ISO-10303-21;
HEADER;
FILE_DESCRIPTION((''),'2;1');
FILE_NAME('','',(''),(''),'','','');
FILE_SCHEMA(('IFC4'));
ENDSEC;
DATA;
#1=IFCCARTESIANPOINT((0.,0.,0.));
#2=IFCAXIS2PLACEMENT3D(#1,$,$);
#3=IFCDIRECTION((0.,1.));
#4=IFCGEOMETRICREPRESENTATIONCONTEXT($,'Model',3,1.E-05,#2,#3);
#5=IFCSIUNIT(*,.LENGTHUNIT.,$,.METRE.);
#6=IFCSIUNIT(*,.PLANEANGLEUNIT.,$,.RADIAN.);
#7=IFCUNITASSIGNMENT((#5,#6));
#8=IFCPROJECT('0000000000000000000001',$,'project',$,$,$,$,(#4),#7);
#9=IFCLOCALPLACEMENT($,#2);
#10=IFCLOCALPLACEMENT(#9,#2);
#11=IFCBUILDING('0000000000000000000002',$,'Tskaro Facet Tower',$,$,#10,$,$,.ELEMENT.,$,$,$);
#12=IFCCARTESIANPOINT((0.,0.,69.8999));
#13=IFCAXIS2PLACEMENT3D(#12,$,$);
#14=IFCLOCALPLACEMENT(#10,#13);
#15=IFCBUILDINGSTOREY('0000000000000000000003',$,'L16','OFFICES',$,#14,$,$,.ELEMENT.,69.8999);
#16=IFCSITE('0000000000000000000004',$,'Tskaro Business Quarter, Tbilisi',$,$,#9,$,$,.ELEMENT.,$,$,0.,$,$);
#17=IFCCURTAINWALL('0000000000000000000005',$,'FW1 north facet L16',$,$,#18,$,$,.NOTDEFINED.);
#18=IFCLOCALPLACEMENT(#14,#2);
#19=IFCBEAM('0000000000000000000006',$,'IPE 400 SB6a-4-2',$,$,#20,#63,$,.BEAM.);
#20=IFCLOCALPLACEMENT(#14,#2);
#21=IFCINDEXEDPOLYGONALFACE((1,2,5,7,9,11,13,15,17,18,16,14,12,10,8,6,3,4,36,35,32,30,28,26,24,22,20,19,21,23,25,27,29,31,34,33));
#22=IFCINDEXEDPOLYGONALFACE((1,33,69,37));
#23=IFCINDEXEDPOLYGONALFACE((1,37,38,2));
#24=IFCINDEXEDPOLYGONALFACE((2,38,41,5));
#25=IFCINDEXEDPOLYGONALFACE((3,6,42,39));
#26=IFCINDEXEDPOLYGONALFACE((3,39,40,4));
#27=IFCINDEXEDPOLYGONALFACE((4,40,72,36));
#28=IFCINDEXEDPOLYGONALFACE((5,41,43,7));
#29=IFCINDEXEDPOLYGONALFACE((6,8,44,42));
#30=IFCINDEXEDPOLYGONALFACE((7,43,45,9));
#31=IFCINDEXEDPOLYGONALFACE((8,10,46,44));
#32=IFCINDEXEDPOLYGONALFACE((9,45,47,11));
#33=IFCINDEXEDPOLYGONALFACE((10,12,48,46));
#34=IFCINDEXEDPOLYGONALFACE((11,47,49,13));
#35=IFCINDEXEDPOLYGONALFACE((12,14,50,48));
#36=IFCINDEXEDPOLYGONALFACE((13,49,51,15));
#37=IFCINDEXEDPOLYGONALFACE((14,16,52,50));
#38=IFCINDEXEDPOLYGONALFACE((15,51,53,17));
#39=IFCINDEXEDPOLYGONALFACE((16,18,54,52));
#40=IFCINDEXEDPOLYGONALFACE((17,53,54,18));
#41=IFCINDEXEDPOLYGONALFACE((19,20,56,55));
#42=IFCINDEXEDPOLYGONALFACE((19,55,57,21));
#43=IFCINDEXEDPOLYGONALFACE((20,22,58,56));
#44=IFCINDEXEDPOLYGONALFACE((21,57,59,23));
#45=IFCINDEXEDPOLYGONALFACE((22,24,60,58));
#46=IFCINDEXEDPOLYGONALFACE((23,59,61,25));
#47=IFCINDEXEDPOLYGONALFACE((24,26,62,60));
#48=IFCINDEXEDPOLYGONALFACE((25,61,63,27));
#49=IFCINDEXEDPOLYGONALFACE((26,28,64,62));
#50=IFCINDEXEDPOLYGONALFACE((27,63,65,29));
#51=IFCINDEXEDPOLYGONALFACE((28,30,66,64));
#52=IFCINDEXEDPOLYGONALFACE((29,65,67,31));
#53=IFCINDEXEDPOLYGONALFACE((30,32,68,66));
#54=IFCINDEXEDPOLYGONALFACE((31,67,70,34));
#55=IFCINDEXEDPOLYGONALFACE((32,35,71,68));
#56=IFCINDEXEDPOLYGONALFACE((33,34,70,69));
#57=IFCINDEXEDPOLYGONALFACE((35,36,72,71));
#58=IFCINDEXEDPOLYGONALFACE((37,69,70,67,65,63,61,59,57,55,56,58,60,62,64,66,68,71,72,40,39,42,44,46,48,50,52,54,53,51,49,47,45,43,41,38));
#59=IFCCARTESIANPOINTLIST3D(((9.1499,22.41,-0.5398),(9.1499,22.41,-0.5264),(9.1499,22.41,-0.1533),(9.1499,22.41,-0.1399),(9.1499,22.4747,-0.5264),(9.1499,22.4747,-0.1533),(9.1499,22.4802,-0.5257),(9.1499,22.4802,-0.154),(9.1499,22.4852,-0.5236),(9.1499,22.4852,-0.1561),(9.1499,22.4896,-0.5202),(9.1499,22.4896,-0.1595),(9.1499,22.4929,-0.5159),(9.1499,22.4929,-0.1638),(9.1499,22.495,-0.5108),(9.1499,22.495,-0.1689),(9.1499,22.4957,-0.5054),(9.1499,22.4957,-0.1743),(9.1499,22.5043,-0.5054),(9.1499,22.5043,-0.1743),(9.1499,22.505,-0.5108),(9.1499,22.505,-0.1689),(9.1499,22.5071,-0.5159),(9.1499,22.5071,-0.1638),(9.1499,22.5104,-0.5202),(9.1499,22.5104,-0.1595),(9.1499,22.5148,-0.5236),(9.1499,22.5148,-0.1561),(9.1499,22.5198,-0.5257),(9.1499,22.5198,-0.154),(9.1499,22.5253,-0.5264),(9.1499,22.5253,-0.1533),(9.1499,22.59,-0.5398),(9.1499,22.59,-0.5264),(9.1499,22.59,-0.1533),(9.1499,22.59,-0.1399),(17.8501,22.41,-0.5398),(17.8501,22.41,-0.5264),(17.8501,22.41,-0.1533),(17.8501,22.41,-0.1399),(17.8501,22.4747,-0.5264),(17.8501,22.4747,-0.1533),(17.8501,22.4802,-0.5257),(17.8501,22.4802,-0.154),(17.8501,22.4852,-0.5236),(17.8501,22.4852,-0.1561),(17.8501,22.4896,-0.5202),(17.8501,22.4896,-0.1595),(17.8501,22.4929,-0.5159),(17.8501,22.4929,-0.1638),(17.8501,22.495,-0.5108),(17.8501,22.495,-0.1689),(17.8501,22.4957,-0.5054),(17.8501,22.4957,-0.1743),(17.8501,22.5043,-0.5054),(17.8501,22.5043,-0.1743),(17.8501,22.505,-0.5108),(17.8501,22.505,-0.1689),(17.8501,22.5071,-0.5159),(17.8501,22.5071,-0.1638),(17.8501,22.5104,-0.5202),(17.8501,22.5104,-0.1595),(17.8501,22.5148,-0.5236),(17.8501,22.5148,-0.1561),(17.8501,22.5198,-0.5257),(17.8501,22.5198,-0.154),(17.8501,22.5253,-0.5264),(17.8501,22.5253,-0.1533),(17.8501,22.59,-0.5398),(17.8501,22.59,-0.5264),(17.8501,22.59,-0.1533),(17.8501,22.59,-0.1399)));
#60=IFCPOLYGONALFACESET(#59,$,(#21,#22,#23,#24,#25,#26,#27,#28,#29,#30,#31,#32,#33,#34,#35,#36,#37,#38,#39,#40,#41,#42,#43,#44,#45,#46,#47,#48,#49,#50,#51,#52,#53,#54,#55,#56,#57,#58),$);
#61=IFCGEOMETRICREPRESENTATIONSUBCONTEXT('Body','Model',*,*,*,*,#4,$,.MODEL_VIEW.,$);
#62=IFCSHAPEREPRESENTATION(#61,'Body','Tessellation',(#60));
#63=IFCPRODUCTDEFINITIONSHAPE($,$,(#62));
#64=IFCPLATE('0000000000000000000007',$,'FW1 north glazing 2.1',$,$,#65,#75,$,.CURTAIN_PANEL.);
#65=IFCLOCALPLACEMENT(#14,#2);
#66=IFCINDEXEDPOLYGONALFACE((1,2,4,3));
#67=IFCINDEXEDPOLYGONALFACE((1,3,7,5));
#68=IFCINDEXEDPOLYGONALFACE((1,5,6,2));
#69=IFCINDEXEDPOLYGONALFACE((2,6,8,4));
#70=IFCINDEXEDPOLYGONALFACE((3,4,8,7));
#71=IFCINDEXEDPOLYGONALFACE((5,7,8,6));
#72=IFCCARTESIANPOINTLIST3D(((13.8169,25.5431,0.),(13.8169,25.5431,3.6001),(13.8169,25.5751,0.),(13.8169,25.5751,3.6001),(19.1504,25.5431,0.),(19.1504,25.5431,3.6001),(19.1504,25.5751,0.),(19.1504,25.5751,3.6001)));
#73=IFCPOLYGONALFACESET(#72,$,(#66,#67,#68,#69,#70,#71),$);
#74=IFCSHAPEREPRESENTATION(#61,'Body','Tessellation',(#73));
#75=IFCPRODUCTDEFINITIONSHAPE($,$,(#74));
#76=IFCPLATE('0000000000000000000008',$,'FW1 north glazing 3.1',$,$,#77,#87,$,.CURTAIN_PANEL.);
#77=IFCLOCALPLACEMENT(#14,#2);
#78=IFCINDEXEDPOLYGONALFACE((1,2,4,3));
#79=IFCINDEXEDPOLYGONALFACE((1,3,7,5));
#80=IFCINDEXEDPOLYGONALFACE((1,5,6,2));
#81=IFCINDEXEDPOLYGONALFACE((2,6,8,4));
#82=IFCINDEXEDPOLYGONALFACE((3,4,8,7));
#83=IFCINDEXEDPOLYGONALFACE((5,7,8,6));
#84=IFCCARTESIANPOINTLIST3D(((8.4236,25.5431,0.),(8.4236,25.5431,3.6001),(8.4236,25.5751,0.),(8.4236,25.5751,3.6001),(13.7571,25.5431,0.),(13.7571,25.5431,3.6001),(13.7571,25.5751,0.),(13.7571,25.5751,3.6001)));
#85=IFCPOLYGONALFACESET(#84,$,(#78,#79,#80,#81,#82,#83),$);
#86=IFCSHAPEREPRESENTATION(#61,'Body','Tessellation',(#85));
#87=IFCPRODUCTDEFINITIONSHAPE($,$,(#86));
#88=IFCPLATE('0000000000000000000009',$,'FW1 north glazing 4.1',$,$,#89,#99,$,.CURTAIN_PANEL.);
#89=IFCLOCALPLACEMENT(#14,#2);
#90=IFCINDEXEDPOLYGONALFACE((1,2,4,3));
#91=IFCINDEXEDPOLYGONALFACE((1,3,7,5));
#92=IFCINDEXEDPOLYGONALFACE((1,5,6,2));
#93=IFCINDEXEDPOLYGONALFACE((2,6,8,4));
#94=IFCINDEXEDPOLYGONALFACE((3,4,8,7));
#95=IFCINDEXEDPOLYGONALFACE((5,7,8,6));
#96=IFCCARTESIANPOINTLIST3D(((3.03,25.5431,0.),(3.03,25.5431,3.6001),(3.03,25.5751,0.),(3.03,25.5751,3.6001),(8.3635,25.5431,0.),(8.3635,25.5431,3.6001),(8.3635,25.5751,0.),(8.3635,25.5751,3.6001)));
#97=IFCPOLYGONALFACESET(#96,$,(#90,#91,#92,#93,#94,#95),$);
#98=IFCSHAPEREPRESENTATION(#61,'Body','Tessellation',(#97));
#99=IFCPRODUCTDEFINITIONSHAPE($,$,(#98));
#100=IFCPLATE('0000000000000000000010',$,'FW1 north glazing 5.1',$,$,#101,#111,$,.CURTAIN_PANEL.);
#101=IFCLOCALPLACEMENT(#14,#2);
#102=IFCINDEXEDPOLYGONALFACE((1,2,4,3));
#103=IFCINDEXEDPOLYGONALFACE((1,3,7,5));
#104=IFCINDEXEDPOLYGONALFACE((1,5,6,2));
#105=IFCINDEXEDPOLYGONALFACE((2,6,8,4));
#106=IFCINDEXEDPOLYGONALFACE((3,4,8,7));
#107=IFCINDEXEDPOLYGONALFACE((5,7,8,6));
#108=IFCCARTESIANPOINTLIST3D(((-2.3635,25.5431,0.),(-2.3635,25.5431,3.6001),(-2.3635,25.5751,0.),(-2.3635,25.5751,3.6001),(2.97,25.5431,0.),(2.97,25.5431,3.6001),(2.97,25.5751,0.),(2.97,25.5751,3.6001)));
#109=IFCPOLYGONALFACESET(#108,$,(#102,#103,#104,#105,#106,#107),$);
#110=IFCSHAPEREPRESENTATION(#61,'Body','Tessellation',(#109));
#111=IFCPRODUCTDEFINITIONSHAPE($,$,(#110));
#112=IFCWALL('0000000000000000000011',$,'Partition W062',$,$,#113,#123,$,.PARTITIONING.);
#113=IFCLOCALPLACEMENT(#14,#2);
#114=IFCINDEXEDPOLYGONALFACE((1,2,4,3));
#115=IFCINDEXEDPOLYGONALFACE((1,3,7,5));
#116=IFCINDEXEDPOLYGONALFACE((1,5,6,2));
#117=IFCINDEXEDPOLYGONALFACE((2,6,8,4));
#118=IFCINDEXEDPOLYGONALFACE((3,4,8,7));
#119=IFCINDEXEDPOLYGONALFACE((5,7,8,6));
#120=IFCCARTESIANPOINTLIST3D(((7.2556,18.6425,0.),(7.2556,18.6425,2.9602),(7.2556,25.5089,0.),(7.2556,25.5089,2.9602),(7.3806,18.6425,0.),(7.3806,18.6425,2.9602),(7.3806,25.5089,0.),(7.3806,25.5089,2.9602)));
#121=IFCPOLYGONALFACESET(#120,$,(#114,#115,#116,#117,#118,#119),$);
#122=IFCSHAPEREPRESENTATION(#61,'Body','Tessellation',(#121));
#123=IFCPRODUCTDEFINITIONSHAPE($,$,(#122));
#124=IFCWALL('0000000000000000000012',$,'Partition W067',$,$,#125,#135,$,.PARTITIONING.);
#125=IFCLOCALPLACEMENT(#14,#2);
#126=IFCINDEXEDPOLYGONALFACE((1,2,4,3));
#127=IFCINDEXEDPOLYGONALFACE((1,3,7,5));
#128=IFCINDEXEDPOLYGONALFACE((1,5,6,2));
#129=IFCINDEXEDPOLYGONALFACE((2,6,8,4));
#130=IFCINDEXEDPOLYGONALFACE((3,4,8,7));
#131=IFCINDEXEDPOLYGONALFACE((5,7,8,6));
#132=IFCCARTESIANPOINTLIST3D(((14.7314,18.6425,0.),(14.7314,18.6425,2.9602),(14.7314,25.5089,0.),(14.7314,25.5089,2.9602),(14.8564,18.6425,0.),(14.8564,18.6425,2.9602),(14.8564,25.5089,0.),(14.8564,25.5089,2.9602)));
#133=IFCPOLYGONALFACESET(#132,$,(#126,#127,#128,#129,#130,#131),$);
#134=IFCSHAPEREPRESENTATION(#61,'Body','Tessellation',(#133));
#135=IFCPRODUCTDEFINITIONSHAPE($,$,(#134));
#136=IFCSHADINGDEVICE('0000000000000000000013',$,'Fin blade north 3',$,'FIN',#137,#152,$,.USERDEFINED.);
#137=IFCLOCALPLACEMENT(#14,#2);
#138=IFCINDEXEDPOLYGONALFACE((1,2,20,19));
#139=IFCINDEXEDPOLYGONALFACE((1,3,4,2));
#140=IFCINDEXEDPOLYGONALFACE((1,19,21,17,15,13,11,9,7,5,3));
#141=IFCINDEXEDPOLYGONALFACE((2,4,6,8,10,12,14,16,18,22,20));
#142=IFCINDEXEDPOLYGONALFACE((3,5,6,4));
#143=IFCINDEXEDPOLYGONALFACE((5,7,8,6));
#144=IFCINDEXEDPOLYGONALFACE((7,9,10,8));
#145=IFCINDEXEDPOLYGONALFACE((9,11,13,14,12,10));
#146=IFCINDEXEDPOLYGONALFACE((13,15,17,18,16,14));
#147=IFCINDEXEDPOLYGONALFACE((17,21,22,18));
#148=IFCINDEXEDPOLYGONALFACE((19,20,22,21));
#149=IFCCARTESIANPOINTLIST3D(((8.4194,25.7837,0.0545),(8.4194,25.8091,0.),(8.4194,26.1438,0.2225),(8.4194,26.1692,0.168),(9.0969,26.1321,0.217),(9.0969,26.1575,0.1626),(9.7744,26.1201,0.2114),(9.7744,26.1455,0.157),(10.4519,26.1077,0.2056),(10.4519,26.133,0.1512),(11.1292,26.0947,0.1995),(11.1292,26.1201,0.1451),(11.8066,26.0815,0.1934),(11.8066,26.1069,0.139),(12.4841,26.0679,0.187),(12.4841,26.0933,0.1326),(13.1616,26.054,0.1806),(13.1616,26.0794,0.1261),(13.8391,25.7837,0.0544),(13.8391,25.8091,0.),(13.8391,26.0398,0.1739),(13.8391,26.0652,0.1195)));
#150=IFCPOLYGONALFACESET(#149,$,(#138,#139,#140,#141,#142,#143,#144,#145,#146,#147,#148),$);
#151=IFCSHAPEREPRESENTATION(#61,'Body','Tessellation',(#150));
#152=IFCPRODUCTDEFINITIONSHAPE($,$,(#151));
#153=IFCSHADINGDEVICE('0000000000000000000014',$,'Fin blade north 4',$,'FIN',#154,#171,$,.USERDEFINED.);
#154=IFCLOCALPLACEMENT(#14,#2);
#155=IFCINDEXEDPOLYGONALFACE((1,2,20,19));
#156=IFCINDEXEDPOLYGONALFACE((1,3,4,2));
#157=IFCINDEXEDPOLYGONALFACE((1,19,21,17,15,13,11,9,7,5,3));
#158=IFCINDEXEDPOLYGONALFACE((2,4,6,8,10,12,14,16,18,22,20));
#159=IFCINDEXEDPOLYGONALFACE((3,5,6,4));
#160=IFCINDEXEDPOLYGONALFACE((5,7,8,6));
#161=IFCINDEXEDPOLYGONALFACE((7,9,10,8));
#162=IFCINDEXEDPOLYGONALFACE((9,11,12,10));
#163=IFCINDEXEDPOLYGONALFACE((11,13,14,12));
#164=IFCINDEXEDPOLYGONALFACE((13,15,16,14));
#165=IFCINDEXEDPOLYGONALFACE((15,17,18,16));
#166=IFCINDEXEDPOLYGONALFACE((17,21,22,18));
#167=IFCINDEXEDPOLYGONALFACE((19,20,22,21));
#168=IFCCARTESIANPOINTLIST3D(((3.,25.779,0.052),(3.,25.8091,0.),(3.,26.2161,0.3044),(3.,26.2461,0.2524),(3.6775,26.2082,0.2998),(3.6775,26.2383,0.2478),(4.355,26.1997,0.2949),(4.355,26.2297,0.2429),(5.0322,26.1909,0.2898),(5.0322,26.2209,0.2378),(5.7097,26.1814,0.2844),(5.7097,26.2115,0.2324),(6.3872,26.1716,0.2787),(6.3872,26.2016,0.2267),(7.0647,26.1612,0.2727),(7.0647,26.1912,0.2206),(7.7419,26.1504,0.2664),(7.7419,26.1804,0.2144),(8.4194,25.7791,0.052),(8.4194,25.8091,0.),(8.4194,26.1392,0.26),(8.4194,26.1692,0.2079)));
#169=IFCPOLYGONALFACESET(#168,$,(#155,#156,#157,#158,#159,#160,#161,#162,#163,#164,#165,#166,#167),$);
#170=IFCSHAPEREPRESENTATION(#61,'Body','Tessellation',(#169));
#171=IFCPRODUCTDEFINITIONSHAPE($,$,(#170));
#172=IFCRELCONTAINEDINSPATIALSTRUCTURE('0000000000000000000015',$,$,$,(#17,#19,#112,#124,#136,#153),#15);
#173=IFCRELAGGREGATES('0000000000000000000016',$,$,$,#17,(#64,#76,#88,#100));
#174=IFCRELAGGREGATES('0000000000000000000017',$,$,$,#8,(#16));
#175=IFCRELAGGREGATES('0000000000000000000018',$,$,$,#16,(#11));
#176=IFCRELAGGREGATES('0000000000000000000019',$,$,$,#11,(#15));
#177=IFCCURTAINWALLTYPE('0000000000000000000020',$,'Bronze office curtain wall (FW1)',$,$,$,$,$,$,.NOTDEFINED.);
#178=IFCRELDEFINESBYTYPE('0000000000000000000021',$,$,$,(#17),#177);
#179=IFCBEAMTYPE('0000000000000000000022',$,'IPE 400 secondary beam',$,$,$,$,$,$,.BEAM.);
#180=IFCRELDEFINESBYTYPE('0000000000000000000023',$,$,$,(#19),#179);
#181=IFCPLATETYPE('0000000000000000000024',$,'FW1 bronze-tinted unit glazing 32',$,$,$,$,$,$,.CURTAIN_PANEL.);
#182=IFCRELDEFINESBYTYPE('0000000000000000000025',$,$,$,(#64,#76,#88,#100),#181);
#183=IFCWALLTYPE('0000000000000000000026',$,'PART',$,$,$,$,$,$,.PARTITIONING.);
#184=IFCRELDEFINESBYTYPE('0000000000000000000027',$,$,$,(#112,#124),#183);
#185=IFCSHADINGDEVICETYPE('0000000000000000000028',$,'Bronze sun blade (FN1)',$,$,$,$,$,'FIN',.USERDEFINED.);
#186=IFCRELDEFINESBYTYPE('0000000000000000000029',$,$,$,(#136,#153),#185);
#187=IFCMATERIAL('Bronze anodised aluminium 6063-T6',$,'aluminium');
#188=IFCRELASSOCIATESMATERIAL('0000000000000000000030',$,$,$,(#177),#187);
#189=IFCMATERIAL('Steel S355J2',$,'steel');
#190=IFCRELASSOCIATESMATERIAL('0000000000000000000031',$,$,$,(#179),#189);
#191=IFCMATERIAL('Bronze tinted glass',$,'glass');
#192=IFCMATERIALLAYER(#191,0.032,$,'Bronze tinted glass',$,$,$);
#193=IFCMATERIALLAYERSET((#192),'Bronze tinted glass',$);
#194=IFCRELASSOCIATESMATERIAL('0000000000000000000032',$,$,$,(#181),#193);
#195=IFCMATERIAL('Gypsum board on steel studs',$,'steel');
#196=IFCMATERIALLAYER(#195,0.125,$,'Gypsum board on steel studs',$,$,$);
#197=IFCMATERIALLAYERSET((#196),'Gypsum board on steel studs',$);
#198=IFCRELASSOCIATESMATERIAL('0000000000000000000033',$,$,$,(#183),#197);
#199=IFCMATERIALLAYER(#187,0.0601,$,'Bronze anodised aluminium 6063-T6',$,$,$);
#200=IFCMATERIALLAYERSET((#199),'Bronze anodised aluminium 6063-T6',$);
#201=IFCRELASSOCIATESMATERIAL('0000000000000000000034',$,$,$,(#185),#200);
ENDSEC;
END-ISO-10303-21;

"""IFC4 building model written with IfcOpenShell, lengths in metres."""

from ifc_helpers import new_model, si_unit, direction, frame, frame_2d, origin, origin_2d, place, context, subcontext, project, spatial, polyline, rectangle, i_section, outline, extrude, material, layer, layer_set, material_profile, profile_set, type_object, element, aggregate, save


model = new_model("IFC4")

# Units and contexts
model_context = context("Model", 3, precision=1e-05, world=origin(), true_north=direction((0.0, 1.0)))
body_context = subcontext(model_context, "Body", "Model", "MODEL_VIEW")
ifc_project = project(units=[si_unit("LENGTHUNIT", "METRE"), si_unit("PLANEANGLEUNIT", "RADIAN")], contexts=[model_context])

# Site, building, storey
site_placement = place(None, origin())
site = spatial("IfcSite", under=ifc_project, at=site_placement, Name="Tskaro Business Quarter, Tbilisi", CompositionType="ELEMENT", RefElevation=0.0)
building_placement = place(site_placement, origin())
building = spatial("IfcBuilding", under=site, at=building_placement, Name="Tskaro Facet Tower", CompositionType="ELEMENT")
storey_placement = place(building_placement, frame((0.0, 0.0, 69.8999)))
storey = spatial("IfcBuildingStorey", under=building, at=storey_placement, Name="L16", Description="OFFICES", CompositionType="ELEMENT", Elevation=69.8999)

# Curtain wall
ifc_material_1 = material(Name="Bronze anodised aluminium 6063-T6", Category="aluminium")
curtain_wall_type = type_object("IfcCurtainWallType", Name="Bronze office curtain wall (FW1)", PredefinedType="NOTDEFINED", material=ifc_material_1)
curtain_wall_placement = place(storey_placement, origin())
curtain_wall = element("IfcCurtainWall", 1, at=curtain_wall_placement, inside=storey, type_object=curtain_wall_type, Name="FW1 north facet L16", PredefinedType="NOTDEFINED")

# Beam
ifc_material_2 = material(Name="Steel S355J2", Category="steel")
ifc_material_profile_1 = material_profile(ifc_material_2, i_section(OverallWidth=0.1799, OverallDepth=0.3999, WebThickness=0.0085, FlangeThickness=0.0134, FilletRadius=0.021, at=origin_2d()), Name="IPE 400")
ifc_profile_set_1 = profile_set([ifc_material_profile_1], Name="Steel S355J2")
beam_type_1 = type_object("IfcBeamType", Name="IPE 400 secondary beam", PredefinedType="BEAM", material=ifc_profile_set_1)
for number, where, z_axis, x_axis, name in (
    (2, (9.1499, 22.5, -0.3398), (1.0, 0.0, 0.0), (0.0, 1.0, 0.0), "IPE 400 SB6a-4-2"),
):
    element("IfcBeam", number, at=place(storey_placement, frame(where, z_axis=z_axis, x_axis=x_axis)), inside=storey, type_object=beam_type_1, Name=name, PredefinedType="BEAM", context=body_context, shape_type="SweptSolid", body=[
        extrude(i_section(OverallWidth=0.1799, OverallDepth=0.3999, WebThickness=0.0085, FlangeThickness=0.0134, FilletRadius=0.021, at=origin_2d()), origin(), (0.0, 0.0, 1.0), 8.7002),
    ])

# Plates
ifc_material_3 = material(Name="Bronze tinted glass", Category="glass")
ifc_layer_1 = layer(ifc_material_3, 0.032, Name="Bronze tinted glass")
ifc_layer_set_1 = layer_set([ifc_layer_1], Name="Bronze tinted glass")
plate_type = type_object("IfcPlateType", Name="FW1 bronze-tinted unit glazing 32", PredefinedType="CURTAIN_PANEL", material=ifc_layer_set_1)
plate_1_placement = place(storey_placement, frame((16.4836, 25.5591, 0.0), z_axis=(0.0, 0.0, 1.0), x_axis=(-1.0, 0.0, 0.0)))
plate_1 = element("IfcPlate", 3, at=plate_1_placement, type_object=plate_type, Name="FW1 north glazing 2.1", PredefinedType="CURTAIN_PANEL", context=body_context, shape_type="SweptSolid", body=[
    extrude(rectangle(XDim=5.3335, YDim=0.032, at=origin_2d()), origin(), (0.0, 0.0, 1.0), 3.6001),
])
plate_2_placement = place(storey_placement, frame((11.0903, 25.5591, 0.0), z_axis=(0.0, 0.0, 1.0), x_axis=(-1.0, 0.0, 0.0)))
plate_2 = element("IfcPlate", 4, at=plate_2_placement, type_object=plate_type, Name="FW1 north glazing 3.1", PredefinedType="CURTAIN_PANEL", context=body_context, shape_type="SweptSolid", body=[
    extrude(rectangle(XDim=5.3335, YDim=0.032, at=origin_2d()), origin(), (0.0, 0.0, 1.0), 3.6001),
])
plate_3_placement = place(storey_placement, frame((5.6968, 25.5591, 0.0), z_axis=(0.0, 0.0, 1.0), x_axis=(-1.0, 0.0, 0.0)))
plate_3 = element("IfcPlate", 5, at=plate_3_placement, type_object=plate_type, Name="FW1 north glazing 4.1", PredefinedType="CURTAIN_PANEL", context=body_context, shape_type="SweptSolid", body=[
    extrude(rectangle(XDim=5.3335, YDim=0.032, at=origin_2d()), origin(), (0.0, 0.0, 1.0), 3.6001),
])
plate_4_placement = place(storey_placement, frame((0.3032, 25.5591, 0.0), z_axis=(0.0, 0.0, 1.0), x_axis=(-1.0, 0.0, 0.0)))
plate_4 = element("IfcPlate", 6, at=plate_4_placement, type_object=plate_type, Name="FW1 north glazing 5.1", PredefinedType="CURTAIN_PANEL", context=body_context, shape_type="SweptSolid", body=[
    extrude(rectangle(XDim=5.3335, YDim=0.032, at=origin_2d()), origin(), (0.0, 0.0, 1.0), 3.6001),
])
aggregate(curtain_wall, [plate_1, plate_2, plate_3, plate_4])

# Walls
ifc_material_4 = material(Name="Gypsum board on steel studs", Category="steel")
ifc_layer_2 = layer(ifc_material_4, 0.125, Name="Gypsum board on steel studs")
ifc_layer_set_2 = layer_set([ifc_layer_2], Name="Gypsum board on steel studs")
wall_type = type_object("IfcWallType", Name="PART", PredefinedType="PARTITIONING", material=ifc_layer_set_2)
for number, where, z_axis, x_axis, name in (
    (7, (7.3181, 18.6426, 0.0), (0.0, 0.0, 1.0), (0.0, 1.0, 0.0), "Partition W062"),
    (8, (14.7939, 18.6426, 0.0), (0.0, 0.0, 1.0), (0.0, 1.0, 0.0), "Partition W067"),
):
    element("IfcWall", number, at=place(storey_placement, frame(where, z_axis=z_axis, x_axis=x_axis)), inside=storey, type_object=wall_type, Name=name, PredefinedType="PARTITIONING", context=body_context, shape_type="SweptSolid", body=[
        extrude(rectangle(XDim=6.8665, YDim=0.125, at=frame_2d((3.4331, 0.0))), origin(), (0.0, 0.0, 1.0), 2.9602),
    ])

# Shading devices
ifc_layer_3 = layer(ifc_material_1, 0.0601, Name="Bronze anodised aluminium 6063-T6")
ifc_layer_set_3 = layer_set([ifc_layer_3], Name="Bronze anodised aluminium 6063-T6")
shading_device_type = type_object("IfcShadingDeviceType", Name="Bronze sun blade (FN1)", ElementType="FIN", PredefinedType="USERDEFINED", material=ifc_layer_set_3)
shading_device_1_placement = place(storey_placement, frame((13.8391, 25.7837, 0.0544), z_axis=(0.000003, -0.422785, 0.90623), x_axis=(-1.0, -0.000001, 0.000003)))
element("IfcShadingDevice", 9, at=shading_device_1_placement, inside=storey, type_object=shading_device_type, Name="Fin blade north 3", ObjectType="FIN", PredefinedType="USERDEFINED", context=body_context, shape_type="SweptSolid", body=[
    extrude(outline(polyline([(0.0, 0.0), (5.4197, 0.0), (5.4197, -0.3974), (4.7422, -0.3845), (4.0647, -0.3712), (3.3872, -0.3575), (2.71, -0.3432), (2.0325, -0.3287), (1.355, -0.3136), (0.6775, -0.2983), (0.0, -0.2826), (0.0, 0.0)])), origin(), (0.0, 0.0, -1.0), 0.0601),
])
shading_device_2_placement = place(storey_placement, frame((8.4194, 25.7791, 0.052), z_axis=(0.000003, -0.500058, 0.865992), x_axis=(-1.0, -0.000002, 0.000003)))
element("IfcShadingDevice", 10, at=shading_device_2_placement, inside=storey, type_object=shading_device_type, Name="Fin blade north 4", ObjectType="FIN", PredefinedType="USERDEFINED", context=body_context, shape_type="SweptSolid", body=[
    extrude(outline(polyline([(0.0, 0.0), (5.4194, 0.0), (5.4194, -0.5047), (4.7419, -0.4956), (4.0645, -0.4858), (3.3872, -0.4756), (2.7097, -0.4647), (2.0322, -0.4533), (1.3547, -0.4412), (0.6775, -0.4288), (0.0, -0.4159), (0.0, 0.0)])), origin(), (0.0, 0.0, -1.0), 0.0601),
])

save(model, "model.ifc")
